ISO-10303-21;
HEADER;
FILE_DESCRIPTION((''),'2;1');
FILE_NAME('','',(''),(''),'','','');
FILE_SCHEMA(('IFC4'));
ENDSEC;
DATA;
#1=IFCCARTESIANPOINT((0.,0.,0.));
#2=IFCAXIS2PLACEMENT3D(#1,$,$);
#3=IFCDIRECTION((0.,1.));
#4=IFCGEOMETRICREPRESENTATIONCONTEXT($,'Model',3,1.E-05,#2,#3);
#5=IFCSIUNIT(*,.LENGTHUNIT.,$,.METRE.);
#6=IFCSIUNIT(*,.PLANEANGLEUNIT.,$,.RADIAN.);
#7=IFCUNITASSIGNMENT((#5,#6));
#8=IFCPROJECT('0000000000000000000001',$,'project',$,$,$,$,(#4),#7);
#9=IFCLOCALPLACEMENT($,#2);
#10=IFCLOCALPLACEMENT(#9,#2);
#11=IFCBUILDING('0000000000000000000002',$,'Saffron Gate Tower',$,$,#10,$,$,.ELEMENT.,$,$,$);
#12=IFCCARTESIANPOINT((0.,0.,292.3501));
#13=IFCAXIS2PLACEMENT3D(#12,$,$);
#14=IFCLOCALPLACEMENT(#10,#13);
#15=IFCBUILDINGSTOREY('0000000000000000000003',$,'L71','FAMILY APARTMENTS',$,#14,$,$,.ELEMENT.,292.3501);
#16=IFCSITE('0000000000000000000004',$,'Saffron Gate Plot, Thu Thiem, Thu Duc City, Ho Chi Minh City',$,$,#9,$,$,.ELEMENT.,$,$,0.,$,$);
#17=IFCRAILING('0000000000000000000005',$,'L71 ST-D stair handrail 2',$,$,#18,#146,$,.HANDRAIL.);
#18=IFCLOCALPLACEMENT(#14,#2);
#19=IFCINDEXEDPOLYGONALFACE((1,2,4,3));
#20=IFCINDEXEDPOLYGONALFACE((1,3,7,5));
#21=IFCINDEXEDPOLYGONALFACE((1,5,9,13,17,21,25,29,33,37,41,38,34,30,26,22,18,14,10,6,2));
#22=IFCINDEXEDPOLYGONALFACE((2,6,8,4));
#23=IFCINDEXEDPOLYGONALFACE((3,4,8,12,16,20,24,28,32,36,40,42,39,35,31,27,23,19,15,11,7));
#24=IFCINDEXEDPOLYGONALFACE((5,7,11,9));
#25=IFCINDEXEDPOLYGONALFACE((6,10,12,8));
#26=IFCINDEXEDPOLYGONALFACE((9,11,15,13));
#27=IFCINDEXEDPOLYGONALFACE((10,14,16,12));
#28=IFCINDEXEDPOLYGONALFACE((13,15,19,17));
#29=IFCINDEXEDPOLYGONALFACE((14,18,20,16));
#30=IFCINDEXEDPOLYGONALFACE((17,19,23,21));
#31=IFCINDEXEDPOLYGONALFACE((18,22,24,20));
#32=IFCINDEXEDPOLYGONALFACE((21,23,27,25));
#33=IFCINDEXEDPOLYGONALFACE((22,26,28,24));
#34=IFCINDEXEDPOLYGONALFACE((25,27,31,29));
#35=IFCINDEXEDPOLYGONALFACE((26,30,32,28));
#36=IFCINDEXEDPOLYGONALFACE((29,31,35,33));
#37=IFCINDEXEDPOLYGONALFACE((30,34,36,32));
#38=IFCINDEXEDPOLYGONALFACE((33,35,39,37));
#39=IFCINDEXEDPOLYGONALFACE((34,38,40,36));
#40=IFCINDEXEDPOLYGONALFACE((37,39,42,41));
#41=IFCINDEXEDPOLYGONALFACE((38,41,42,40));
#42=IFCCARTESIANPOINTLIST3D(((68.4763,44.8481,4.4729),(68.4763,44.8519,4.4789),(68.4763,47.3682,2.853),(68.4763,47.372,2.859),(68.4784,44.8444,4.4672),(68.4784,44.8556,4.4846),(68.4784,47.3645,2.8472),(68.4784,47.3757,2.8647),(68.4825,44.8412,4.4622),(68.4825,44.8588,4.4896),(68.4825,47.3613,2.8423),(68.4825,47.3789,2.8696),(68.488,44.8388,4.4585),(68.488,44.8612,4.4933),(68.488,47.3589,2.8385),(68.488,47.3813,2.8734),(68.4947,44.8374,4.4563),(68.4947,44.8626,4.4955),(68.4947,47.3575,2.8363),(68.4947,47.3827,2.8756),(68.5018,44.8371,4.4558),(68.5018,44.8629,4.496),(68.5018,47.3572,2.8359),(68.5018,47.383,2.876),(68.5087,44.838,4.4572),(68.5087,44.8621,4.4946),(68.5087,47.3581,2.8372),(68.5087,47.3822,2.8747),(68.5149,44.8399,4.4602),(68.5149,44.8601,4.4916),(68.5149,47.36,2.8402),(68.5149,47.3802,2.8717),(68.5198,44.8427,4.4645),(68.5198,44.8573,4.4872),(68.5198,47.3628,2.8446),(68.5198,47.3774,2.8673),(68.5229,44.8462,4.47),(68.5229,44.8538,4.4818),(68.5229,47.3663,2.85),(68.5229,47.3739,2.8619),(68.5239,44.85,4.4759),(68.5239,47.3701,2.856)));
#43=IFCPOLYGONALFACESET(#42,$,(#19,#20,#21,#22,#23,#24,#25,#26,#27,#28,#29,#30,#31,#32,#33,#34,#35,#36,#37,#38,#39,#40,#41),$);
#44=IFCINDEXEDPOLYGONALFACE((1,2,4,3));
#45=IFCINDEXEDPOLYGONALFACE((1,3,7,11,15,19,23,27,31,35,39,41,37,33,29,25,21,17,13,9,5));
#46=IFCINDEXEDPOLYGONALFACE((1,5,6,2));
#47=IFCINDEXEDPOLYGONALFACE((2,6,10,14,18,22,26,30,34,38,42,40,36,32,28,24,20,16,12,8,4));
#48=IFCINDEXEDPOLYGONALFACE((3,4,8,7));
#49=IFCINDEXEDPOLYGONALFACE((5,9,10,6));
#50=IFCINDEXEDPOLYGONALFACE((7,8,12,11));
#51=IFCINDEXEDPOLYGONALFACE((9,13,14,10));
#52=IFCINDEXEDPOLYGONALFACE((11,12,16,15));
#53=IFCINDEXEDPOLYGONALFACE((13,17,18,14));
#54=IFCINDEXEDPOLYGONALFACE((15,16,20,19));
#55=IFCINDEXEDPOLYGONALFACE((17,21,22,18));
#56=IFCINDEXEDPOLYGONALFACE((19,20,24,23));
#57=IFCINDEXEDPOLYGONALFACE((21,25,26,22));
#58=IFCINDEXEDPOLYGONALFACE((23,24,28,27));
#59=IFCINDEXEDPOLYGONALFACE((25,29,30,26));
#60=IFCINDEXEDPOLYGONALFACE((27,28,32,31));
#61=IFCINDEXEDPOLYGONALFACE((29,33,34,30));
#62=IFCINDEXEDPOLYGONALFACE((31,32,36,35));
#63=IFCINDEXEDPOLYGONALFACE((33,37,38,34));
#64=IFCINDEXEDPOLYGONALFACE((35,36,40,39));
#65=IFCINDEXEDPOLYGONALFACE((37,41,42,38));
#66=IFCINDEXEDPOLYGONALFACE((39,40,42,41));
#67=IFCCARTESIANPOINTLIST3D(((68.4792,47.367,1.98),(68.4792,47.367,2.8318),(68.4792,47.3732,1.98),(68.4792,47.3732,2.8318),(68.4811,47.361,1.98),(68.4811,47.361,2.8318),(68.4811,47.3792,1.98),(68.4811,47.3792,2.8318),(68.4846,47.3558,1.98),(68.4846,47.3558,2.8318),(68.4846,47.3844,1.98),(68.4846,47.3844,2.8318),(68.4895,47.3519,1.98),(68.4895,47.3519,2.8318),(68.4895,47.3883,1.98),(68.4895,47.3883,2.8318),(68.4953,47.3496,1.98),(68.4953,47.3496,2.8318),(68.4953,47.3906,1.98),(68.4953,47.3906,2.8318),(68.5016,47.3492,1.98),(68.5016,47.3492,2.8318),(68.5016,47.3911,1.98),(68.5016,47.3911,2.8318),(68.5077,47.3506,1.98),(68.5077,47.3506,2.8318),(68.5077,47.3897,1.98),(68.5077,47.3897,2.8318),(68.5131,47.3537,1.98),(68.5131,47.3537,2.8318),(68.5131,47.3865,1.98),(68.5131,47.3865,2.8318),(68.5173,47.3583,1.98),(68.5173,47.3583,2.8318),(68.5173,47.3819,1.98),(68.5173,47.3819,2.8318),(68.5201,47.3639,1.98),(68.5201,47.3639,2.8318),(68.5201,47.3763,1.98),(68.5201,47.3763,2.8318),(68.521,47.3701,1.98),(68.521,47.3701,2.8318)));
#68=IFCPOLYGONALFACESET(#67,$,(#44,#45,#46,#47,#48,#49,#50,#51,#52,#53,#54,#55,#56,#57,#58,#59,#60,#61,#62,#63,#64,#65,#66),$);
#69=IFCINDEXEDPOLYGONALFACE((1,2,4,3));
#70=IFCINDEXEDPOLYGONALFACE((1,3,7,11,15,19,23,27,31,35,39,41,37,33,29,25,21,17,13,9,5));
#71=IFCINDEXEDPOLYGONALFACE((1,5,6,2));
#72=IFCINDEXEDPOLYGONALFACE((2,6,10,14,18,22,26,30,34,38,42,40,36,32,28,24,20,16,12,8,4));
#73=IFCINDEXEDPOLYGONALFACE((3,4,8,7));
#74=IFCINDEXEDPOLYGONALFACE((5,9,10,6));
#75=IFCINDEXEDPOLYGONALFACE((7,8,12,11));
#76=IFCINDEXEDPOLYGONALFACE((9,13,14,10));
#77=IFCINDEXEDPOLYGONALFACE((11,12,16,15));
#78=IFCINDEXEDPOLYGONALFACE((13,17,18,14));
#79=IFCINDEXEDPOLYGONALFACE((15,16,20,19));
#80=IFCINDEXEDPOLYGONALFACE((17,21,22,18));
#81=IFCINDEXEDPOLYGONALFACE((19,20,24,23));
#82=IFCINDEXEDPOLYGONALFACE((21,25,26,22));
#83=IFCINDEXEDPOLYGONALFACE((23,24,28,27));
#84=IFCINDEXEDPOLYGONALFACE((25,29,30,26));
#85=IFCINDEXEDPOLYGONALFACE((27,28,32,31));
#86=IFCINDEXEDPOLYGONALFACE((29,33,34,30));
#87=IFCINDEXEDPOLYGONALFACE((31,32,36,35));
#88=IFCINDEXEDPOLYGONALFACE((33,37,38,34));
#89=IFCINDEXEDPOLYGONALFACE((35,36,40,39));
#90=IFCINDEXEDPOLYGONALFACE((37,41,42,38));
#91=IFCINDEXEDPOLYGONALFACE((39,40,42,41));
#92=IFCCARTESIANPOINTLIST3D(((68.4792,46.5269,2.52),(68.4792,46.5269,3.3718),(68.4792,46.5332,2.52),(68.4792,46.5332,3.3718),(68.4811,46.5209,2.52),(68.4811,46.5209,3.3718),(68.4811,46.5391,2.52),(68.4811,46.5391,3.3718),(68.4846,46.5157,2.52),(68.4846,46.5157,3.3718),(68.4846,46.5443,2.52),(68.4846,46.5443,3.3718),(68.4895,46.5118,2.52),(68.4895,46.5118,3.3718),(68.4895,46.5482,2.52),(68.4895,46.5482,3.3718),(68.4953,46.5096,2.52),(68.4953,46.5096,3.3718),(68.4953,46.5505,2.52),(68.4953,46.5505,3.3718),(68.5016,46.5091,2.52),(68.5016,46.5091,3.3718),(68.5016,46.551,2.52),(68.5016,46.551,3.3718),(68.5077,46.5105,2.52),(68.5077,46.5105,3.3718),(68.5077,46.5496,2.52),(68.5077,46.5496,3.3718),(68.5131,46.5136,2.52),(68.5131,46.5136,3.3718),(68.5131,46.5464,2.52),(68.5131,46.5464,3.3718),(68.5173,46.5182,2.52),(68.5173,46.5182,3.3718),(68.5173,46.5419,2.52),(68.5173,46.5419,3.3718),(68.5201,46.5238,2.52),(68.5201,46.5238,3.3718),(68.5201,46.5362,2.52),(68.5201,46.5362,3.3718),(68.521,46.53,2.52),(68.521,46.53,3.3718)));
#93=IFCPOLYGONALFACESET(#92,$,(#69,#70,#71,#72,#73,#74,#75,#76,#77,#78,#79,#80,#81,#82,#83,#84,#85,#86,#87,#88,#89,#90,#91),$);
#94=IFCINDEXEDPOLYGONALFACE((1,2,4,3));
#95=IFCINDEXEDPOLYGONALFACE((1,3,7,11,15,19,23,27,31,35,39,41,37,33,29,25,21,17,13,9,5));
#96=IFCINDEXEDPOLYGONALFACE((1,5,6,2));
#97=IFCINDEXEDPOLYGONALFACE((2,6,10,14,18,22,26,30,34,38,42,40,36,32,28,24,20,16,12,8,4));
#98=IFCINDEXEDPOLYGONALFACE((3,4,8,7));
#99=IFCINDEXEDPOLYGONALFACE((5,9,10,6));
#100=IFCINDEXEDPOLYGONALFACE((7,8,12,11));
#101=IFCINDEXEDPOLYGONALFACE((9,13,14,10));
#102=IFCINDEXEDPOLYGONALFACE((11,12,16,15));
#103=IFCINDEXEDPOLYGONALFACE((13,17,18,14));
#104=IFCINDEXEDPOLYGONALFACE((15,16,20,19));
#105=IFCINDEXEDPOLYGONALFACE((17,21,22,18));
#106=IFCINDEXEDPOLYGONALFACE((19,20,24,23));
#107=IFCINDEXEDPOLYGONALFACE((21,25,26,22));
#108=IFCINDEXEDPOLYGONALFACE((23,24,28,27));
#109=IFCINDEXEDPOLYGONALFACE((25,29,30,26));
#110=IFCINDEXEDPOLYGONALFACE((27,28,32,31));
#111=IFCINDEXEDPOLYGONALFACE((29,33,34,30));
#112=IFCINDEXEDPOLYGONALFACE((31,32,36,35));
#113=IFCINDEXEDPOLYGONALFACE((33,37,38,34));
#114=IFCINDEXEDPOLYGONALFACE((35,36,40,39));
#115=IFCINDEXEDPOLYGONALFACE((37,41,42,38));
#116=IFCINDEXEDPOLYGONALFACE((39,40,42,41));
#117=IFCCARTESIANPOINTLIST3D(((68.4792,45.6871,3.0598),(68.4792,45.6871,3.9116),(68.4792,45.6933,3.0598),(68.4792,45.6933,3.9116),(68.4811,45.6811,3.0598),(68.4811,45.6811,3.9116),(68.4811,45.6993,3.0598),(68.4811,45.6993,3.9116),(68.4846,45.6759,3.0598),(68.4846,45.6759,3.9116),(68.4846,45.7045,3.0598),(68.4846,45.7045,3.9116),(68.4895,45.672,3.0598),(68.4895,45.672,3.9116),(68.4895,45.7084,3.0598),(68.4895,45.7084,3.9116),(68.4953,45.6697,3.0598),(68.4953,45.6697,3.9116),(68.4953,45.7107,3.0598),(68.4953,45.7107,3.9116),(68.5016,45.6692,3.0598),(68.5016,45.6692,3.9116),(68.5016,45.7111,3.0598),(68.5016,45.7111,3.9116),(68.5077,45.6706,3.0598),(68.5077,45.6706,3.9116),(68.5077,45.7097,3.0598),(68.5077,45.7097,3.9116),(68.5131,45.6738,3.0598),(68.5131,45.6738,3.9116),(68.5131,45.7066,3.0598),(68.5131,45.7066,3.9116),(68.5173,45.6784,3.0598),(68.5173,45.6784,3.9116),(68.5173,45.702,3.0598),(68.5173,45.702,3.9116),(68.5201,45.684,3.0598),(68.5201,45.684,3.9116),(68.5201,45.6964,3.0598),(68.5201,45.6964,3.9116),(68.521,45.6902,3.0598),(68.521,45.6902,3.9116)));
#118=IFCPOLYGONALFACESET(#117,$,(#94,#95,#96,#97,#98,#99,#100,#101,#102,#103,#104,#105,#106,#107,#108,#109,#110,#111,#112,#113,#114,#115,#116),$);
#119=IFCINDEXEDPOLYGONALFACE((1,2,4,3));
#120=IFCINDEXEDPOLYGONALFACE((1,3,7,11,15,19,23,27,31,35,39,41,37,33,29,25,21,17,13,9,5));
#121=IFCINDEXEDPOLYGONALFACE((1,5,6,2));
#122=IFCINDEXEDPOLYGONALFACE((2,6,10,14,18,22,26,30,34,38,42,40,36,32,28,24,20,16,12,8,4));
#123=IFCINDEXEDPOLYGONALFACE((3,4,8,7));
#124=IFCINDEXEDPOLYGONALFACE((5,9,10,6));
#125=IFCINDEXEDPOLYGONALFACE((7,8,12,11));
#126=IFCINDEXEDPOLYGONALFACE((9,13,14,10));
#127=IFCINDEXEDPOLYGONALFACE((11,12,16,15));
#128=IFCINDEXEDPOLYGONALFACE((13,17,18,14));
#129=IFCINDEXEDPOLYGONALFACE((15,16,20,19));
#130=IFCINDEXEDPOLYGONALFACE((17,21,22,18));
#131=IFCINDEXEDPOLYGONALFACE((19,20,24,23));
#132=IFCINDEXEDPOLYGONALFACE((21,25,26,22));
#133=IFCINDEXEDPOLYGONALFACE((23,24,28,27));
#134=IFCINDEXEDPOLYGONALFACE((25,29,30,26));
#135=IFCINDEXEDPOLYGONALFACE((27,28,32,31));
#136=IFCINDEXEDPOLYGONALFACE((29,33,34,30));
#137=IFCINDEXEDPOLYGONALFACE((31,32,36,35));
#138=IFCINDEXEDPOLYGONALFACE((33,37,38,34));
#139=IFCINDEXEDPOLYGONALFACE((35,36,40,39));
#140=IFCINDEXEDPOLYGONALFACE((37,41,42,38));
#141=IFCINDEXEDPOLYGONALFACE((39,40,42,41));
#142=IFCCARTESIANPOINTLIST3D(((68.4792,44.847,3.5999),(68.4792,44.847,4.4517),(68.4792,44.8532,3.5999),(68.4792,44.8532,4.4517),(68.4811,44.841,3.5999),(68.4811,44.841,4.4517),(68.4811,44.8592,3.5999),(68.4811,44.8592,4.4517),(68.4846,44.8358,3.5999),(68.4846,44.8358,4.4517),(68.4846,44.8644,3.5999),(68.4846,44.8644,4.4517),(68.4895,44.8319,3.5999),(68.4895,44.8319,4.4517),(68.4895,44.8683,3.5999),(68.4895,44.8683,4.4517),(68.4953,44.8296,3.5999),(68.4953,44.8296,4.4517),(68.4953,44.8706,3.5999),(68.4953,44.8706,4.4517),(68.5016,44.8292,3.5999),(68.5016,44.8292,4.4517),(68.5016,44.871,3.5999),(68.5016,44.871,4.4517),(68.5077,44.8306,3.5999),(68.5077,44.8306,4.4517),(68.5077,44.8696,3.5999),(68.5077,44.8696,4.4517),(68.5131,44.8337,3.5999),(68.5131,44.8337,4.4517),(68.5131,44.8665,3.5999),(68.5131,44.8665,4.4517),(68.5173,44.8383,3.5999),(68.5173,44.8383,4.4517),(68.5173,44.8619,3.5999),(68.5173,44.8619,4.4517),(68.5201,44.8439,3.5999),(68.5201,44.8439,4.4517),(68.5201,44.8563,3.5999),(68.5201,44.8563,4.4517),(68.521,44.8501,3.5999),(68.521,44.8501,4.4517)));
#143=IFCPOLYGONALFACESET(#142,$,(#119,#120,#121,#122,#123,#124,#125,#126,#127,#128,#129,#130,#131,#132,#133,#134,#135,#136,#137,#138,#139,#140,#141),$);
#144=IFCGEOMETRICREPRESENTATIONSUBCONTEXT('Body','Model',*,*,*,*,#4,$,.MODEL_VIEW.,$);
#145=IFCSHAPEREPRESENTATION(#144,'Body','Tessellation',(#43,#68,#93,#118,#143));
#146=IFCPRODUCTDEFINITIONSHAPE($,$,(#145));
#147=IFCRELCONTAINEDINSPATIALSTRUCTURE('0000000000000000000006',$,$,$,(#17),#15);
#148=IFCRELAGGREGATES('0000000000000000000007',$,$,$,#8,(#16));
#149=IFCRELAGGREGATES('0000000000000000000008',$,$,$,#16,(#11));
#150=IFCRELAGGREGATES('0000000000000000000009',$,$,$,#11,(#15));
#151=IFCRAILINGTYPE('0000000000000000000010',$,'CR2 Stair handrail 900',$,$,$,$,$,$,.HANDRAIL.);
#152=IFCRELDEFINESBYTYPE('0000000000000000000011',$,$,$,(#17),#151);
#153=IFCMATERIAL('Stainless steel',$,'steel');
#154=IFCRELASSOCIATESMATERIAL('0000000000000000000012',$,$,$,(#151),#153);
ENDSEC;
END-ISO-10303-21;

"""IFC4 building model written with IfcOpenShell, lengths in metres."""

from ifc_helpers import new_model, si_unit, direction, frame, origin, origin_2d, place, context, subcontext, project, spatial, circle, extrude, material, type_object, element, save


model = new_model("IFC4")

# Units and contexts
model_context = context("Model", 3, precision=1e-05, world=origin(), true_north=direction((0.0, 1.0)))
body_context = subcontext(model_context, "Body", "Model", "MODEL_VIEW")
ifc_project = project(units=[si_unit("LENGTHUNIT", "METRE"), si_unit("PLANEANGLEUNIT", "RADIAN")], contexts=[model_context])

# Site, building, storey
site_placement = place(None, origin())
site = spatial("IfcSite", under=ifc_project, at=site_placement, Name="Saffron Gate Plot, Thu Thiem, Thu Duc City, Ho Chi Minh City", CompositionType="ELEMENT", RefElevation=0.0)
building_placement = place(site_placement, origin())
building = spatial("IfcBuilding", under=site, at=building_placement, Name="Saffron Gate Tower", CompositionType="ELEMENT")
storey_placement = place(building_placement, frame((0.0, 0.0, 292.3501)))
storey = spatial("IfcBuildingStorey", under=building, at=storey_placement, Name="L71", Description="FAMILY APARTMENTS", CompositionType="ELEMENT", Elevation=292.3501)

# Railing
ifc_material_1 = material(Name="Stainless steel", Category="steel")
railing_type_1 = type_object("IfcRailingType", Name="CR2 Stair handrail 900", PredefinedType="HANDRAIL", material=ifc_material_1)
railing_1_placement = place(storey_placement, frame((68.5, 47.3701, 1.98)))
element("IfcRailing", 1, at=railing_1_placement, inside=storey, type_object=railing_type_1, Name="L71 ST-D stair handrail 2", PredefinedType="HANDRAIL", context=body_context, shape_type="SweptSolid", body=[
    extrude(circle(Radius=0.0239, at=origin_2d()), frame((0.0, 0.0, 0.876), z_axis=(0.0, -0.8412, 0.540725), x_axis=(1.0, 0.0, 0.0)), (0.0, 0.0, 1.0), 2.9958),
    extrude(circle(Radius=0.021, at=origin_2d()), origin(), (0.0, 0.0, 1.0), 0.8518),
    extrude(circle(Radius=0.021, at=origin_2d()), frame((0.0, -0.8401, 0.54)), (0.0, 0.0, 1.0), 0.8518),
    extrude(circle(Radius=0.021, at=origin_2d()), frame((0.0, -1.6799, 1.0798)), (0.0, 0.0, 1.0), 0.8518),
    extrude(circle(Radius=0.021, at=origin_2d()), frame((0.0, -2.52, 1.6199)), (0.0, 0.0, 1.0), 0.8518),
])

save(model, "model.ifc")
